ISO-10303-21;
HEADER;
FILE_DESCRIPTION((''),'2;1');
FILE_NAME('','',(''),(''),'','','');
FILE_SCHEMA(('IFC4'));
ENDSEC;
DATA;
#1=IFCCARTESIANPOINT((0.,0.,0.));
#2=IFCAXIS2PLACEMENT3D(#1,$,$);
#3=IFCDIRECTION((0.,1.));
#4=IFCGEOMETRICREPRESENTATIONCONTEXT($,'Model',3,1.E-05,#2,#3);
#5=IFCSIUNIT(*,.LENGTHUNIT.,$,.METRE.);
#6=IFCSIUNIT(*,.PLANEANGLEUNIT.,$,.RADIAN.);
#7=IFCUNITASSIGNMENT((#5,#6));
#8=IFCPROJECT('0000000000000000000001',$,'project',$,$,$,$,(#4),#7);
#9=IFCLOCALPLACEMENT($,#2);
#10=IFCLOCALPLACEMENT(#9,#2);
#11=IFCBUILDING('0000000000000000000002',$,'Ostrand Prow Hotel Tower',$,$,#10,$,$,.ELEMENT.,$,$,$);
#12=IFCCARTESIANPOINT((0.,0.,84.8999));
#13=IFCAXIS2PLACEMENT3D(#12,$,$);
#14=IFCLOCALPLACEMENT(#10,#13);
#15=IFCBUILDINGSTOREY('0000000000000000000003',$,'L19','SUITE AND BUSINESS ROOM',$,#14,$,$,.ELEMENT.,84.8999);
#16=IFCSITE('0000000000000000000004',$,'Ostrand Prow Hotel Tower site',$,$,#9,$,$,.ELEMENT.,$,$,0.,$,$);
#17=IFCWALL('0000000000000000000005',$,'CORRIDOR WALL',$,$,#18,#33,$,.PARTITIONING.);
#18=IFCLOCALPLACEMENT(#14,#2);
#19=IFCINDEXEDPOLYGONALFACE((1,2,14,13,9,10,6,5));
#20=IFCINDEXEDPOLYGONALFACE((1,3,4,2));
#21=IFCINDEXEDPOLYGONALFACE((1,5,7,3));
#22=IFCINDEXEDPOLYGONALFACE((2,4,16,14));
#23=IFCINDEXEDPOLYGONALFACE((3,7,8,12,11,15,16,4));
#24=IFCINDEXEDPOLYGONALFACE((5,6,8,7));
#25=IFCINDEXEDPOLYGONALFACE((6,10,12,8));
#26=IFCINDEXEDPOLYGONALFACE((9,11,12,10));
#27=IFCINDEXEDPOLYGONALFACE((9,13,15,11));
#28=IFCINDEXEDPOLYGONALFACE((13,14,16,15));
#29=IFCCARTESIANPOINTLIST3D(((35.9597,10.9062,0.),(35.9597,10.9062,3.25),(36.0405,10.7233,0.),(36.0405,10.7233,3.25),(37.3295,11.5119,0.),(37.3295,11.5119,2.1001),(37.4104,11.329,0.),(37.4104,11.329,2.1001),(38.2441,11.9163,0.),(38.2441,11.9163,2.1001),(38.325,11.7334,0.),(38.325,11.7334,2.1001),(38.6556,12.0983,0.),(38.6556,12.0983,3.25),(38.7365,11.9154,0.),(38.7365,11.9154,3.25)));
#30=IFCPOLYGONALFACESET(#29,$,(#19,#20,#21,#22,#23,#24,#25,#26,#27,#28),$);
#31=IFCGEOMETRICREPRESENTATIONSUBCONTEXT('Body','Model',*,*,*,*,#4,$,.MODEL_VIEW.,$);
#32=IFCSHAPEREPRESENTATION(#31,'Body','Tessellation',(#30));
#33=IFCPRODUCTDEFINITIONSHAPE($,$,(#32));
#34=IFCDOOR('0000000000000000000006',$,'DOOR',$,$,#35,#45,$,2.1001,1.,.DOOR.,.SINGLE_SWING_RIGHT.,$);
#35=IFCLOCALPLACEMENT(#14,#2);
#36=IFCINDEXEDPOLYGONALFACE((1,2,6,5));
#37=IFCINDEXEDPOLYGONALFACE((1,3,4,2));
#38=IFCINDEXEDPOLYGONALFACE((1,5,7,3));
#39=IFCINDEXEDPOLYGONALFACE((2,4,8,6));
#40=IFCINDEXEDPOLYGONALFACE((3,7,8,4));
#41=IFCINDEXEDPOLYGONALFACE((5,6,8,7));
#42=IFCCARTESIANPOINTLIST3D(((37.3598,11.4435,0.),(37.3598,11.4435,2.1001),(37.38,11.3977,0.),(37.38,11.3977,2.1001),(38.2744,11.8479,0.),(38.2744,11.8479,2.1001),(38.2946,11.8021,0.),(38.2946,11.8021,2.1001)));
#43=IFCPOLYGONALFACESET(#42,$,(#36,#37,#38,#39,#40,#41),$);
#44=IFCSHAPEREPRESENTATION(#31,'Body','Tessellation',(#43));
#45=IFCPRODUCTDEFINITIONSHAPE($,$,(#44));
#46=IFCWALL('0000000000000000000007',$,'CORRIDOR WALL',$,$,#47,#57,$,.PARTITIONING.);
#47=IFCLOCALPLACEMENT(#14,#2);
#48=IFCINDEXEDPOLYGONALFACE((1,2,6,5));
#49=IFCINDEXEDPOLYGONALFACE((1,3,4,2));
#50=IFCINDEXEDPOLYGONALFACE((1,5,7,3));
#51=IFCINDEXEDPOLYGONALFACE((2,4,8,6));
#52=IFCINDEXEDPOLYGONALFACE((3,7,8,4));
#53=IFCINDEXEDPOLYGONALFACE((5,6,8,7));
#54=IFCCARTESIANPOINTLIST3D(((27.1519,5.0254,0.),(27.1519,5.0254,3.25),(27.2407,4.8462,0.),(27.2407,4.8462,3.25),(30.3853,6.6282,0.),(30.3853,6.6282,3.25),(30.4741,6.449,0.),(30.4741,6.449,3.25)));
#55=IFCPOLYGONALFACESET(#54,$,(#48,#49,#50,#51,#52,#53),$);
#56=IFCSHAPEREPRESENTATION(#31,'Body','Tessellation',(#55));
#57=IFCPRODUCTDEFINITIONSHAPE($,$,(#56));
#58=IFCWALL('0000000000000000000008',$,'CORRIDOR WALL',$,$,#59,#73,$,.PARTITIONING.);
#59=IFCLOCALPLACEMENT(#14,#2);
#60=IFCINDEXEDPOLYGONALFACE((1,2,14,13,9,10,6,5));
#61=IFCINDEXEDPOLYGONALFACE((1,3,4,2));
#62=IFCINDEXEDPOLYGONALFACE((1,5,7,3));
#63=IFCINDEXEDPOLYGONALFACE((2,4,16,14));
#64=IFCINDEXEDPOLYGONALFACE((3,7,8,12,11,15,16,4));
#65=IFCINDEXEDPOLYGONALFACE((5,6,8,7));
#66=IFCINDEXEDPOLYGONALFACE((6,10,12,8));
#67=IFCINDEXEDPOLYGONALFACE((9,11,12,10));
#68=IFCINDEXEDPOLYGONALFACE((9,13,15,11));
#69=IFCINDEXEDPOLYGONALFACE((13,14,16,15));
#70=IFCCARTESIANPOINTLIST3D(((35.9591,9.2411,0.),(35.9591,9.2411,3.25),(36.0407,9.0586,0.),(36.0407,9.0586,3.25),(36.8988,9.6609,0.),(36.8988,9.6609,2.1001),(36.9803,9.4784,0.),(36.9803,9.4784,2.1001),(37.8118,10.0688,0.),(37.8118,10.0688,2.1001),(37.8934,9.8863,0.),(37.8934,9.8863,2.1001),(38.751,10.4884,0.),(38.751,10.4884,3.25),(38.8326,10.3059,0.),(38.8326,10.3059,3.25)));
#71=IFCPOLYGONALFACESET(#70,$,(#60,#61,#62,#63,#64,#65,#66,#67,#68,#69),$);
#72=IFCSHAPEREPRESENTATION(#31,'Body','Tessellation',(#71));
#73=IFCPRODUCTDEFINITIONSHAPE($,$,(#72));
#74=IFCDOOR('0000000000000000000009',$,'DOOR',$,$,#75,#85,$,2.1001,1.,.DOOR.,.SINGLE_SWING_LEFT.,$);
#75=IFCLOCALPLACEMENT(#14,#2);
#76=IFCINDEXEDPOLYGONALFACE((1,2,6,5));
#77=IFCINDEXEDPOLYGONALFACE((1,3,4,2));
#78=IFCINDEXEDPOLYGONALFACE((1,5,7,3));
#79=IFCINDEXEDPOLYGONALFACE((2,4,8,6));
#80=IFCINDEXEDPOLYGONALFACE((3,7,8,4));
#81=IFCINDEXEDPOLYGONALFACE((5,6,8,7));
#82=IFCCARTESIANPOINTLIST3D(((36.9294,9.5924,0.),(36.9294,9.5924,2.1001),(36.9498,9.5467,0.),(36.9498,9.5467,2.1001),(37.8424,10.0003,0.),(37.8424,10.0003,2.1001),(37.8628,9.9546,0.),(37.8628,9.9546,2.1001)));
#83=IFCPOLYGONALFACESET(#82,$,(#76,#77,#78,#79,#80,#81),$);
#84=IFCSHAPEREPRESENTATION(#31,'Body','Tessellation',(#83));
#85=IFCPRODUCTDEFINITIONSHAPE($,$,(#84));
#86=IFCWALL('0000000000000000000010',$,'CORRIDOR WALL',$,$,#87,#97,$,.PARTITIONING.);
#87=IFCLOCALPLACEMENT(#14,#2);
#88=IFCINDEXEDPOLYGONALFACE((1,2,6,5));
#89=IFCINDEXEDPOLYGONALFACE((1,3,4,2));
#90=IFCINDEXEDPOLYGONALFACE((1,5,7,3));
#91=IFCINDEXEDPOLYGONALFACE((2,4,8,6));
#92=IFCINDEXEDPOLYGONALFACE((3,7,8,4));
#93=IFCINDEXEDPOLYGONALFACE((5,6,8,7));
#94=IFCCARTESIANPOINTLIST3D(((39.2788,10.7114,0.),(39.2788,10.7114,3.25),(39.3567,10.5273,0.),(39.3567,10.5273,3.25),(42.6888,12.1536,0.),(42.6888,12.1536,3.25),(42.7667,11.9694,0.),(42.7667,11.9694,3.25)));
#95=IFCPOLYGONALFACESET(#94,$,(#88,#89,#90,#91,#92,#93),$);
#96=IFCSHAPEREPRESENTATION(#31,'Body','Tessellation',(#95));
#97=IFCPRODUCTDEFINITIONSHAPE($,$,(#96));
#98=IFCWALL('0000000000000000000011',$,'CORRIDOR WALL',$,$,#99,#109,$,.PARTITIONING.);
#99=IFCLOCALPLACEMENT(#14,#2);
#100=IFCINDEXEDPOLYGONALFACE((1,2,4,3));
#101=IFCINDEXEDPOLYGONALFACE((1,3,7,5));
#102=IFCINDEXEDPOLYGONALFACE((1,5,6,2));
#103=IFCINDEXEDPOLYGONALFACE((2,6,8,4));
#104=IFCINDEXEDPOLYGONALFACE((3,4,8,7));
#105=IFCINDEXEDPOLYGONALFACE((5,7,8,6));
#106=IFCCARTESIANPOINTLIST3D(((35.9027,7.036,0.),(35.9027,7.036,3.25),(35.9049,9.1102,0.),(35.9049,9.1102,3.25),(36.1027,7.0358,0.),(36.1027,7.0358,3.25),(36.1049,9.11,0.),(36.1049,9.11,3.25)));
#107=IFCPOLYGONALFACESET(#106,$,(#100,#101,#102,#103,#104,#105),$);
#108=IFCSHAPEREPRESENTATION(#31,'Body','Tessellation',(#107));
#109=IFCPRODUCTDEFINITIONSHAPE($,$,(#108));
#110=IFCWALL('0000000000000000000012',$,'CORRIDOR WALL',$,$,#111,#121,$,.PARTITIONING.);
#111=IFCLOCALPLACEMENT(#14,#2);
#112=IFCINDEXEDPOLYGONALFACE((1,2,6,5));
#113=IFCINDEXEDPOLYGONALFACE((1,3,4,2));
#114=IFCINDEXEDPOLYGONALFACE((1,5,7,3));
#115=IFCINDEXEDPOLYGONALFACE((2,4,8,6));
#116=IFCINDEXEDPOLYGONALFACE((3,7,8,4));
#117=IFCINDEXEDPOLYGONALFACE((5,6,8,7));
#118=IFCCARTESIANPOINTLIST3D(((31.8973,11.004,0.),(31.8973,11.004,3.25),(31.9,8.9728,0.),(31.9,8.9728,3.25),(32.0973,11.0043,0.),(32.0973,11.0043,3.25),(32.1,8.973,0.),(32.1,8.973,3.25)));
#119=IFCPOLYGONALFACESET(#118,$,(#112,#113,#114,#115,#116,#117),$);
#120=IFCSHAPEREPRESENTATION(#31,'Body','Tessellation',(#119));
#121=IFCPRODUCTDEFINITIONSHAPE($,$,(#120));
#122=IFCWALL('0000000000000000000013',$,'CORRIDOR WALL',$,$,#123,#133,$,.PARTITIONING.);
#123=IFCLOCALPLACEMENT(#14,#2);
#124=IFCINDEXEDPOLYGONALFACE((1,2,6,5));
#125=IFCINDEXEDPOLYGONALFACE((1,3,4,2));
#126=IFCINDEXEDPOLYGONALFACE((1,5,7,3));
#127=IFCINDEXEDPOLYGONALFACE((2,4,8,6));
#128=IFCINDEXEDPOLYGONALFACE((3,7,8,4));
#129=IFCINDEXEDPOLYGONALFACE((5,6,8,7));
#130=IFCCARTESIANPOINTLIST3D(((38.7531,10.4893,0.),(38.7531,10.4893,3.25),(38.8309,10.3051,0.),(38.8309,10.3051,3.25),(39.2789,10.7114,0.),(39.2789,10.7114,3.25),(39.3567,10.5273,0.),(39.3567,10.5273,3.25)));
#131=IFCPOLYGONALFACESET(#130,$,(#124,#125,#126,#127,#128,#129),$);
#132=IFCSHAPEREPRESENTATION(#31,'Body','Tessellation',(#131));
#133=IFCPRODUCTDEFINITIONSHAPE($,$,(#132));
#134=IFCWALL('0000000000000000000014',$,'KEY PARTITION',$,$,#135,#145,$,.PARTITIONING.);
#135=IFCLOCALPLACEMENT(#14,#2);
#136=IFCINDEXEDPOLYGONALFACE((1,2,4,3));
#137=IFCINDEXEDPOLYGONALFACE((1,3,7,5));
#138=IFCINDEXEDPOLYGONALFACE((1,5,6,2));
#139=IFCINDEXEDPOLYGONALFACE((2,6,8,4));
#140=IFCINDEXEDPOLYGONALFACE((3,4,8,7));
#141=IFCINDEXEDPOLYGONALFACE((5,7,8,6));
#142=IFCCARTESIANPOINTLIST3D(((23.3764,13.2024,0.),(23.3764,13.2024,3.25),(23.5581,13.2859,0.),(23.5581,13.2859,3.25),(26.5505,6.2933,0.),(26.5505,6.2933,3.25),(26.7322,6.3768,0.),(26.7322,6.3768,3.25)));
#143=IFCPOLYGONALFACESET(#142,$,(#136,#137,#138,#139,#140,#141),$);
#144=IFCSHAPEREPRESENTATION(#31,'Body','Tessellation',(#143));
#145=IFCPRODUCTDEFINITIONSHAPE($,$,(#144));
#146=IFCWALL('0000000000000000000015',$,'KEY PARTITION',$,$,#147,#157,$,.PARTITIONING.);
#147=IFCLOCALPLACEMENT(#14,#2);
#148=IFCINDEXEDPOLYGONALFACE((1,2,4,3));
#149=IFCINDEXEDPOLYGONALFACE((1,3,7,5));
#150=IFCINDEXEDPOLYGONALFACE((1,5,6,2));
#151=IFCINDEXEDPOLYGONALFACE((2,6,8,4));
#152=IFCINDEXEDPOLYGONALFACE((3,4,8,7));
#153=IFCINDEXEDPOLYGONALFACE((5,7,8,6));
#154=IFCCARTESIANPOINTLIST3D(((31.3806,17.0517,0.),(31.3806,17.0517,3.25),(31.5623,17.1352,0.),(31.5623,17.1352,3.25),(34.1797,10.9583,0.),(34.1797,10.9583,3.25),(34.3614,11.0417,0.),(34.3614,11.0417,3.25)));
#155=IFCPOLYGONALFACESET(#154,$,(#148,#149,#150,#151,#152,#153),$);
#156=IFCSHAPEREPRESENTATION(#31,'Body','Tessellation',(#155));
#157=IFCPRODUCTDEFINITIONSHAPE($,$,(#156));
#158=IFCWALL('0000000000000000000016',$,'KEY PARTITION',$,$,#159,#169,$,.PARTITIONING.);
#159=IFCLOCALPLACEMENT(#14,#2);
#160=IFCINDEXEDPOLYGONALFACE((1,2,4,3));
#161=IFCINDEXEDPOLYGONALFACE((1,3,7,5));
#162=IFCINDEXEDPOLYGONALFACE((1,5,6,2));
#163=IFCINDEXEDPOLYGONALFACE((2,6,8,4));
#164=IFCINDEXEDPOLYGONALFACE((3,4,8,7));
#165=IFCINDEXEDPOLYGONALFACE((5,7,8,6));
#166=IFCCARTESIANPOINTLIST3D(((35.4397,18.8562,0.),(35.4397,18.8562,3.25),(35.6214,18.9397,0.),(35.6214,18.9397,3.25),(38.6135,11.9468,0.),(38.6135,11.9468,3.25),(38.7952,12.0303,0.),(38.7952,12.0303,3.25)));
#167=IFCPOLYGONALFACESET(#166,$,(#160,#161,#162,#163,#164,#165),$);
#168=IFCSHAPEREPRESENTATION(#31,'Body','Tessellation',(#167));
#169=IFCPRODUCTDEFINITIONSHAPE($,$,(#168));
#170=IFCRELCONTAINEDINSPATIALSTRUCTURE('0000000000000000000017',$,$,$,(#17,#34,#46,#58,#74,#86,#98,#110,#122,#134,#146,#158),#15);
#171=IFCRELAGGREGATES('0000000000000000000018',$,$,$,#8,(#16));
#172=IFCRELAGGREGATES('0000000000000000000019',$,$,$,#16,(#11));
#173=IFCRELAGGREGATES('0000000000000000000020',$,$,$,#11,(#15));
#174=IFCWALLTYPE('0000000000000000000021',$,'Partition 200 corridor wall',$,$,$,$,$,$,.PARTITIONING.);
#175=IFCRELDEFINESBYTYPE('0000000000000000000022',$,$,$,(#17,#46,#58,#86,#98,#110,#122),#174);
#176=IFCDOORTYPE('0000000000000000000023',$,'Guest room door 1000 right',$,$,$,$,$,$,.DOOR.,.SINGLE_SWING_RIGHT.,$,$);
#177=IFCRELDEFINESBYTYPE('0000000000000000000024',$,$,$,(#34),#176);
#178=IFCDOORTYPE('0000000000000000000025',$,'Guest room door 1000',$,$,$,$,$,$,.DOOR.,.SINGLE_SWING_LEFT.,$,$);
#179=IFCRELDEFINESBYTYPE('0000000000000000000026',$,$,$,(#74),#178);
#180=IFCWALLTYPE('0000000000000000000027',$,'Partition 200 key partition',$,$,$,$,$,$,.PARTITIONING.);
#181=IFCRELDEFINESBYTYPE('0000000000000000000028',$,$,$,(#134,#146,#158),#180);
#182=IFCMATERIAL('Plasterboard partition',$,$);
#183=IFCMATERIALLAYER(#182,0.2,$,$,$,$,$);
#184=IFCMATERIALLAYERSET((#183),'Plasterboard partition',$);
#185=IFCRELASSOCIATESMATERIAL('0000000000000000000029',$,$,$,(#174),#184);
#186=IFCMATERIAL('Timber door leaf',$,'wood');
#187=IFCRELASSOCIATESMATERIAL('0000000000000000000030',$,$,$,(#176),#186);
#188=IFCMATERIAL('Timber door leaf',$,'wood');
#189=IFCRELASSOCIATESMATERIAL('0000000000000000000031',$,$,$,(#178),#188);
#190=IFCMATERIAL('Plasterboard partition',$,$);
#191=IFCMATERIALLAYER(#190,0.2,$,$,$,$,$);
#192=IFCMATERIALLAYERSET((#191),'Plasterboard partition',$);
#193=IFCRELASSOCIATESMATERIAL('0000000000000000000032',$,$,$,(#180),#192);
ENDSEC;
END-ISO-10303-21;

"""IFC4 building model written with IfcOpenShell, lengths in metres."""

from ifc_helpers import new_model, si_unit, direction, frame, frame_2d, origin, place, context, subcontext, project, spatial, rectangle, extrude, material, layer, layer_set, type_object, element, fill, save


model = new_model("IFC4")

# Units and contexts
model_context = context("Model", 3, precision=1e-05, world=origin(), true_north=direction((0.0, 1.0)))
body_context = subcontext(model_context, "Body", "Model", "MODEL_VIEW")
ifc_project = project(units=[si_unit("LENGTHUNIT", "METRE"), si_unit("PLANEANGLEUNIT", "RADIAN")], contexts=[model_context])

# Site, building, storey
site_placement = place(None, origin())
site = spatial("IfcSite", under=ifc_project, at=site_placement, Name="Ostrand Prow Hotel Tower site", CompositionType="ELEMENT", RefElevation=0.0)
building_placement = place(site_placement, origin())
building = spatial("IfcBuilding", under=site, at=building_placement, Name="Ostrand Prow Hotel Tower", CompositionType="ELEMENT")
storey_placement = place(building_placement, frame((0.0, 0.0, 84.8999)))
storey = spatial("IfcBuildingStorey", under=building, at=storey_placement, Name="L19", Description="SUITE AND BUSINESS ROOM", CompositionType="ELEMENT", Elevation=84.8999)

# Wall, opening, door
ifc_material_1 = material(Name="Plasterboard partition")
ifc_layer_1 = layer(ifc_material_1, 0.2)
ifc_layer_set_1 = layer_set([ifc_layer_1], Name="Plasterboard partition")
wall_type_1 = type_object("IfcWallType", Name="Partition 200 corridor wall", PredefinedType="PARTITIONING", material=ifc_layer_set_1)
ifc_material_2 = material(Name="Timber door leaf", Category="wood")
door_type_1 = type_object("IfcDoorType", Name="Guest room door 1000 right", OperationType="SINGLE_SWING_RIGHT", PredefinedType="DOOR", material=ifc_material_2)
wall_1_placement = place(storey_placement, frame((38.696, 12.0068, 0.0), z_axis=(0.0, 0.0, 1.0), x_axis=(-0.914578, -0.404409, 0.0)))
wall_1 = element("IfcWall", 1, at=wall_1_placement, inside=storey, type_object=wall_type_1, Name="CORRIDOR WALL", PredefinedType="PARTITIONING", context=body_context, shape_type="SweptSolid", body=[
    extrude(rectangle(XDim=2.9478, YDim=0.2, at=frame_2d((1.4739, 0.0))), origin(), (0.0, 0.0, 1.0), 3.25),
])
opening_1_placement = place(wall_1_placement, frame((0.45, 0.0, 0.0)))
opening_1 = element("IfcOpeningElement", 2, at=opening_1_placement, cuts=wall_1, PredefinedType="OPENING", context=body_context, shape_type="SweptSolid", body=[
    extrude(rectangle(XDim=1.0, YDim=2.1001, at=frame_2d((0.5, 1.05))), frame((0.0, 0.1099, 0.0), z_axis=(0.0, -1.0, 0.0), x_axis=(1.0, 0.0, 0.0)), (0.0, 0.0, 1.0), 0.22),
])
door_1_placement = place(opening_1_placement, origin())
door_1 = element("IfcDoor", 3, at=door_1_placement, inside=storey, type_object=door_type_1, Name="DOOR", OperationType="SINGLE_SWING_RIGHT", OverallHeight=2.1001, OverallWidth=1.0, PredefinedType="DOOR", context=body_context, shape_type="SweptSolid", body=[
    extrude(rectangle(XDim=1.0, YDim=2.1001, at=frame_2d((0.5, 1.05))), frame((0.0, 0.0249, 0.0), z_axis=(0.0, -1.0, 0.0), x_axis=(1.0, 0.0, 0.0)), (0.0, 0.0, 1.0), 0.05),
])
fill(opening_1, door_1)

# Wall
wall_2_placement = place(storey_placement, frame((27.1963, 4.9358, 0.0), z_axis=(0.0, 0.0, 1.0), x_axis=(0.895964, 0.444126, 0.0)))
element("IfcWall", 4, at=wall_2_placement, inside=storey, type_object=wall_type_1, Name="CORRIDOR WALL", PredefinedType="PARTITIONING", context=body_context, shape_type="SweptSolid", body=[
    extrude(rectangle(XDim=3.6089, YDim=0.2, at=frame_2d((1.8044, 0.0))), origin(), (0.0, 0.0, 1.0), 3.25),
])

# Wall, opening, door
wall_3_placement = place(storey_placement, frame((36.0, 9.1499, 0.0), z_axis=(0.0, 0.0, 1.0), x_axis=(0.91303, 0.407893, 0.0)))
wall_3 = element("IfcWall", 5, at=wall_3_placement, inside=storey, type_object=wall_type_1, Name="CORRIDOR WALL", PredefinedType="PARTITIONING", context=body_context, shape_type="SweptSolid", body=[
    extrude(rectangle(XDim=3.0579, YDim=0.2, at=frame_2d((1.5288, 0.0))), origin(), (0.0, 0.0, 1.0), 3.25),
])
opening_2_placement = place(wall_3_placement, frame((1.0291, 0.0, 0.0)))
opening_2 = element("IfcOpeningElement", 6, at=opening_2_placement, cuts=wall_3, PredefinedType="OPENING", context=body_context, shape_type="SweptSolid", body=[
    extrude(rectangle(XDim=1.0, YDim=2.1001, at=frame_2d((0.5, 1.05))), frame((0.0, 0.1099, 0.0), z_axis=(0.0, -1.0, 0.0), x_axis=(1.0, 0.0, 0.0)), (0.0, 0.0, 1.0), 0.22),
])
ifc_material_3 = material(Name="Timber door leaf", Category="wood")
door_type_2 = type_object("IfcDoorType", Name="Guest room door 1000", OperationType="SINGLE_SWING_LEFT", PredefinedType="DOOR", material=ifc_material_3)
door_2_placement = place(opening_2_placement, origin())
door_2 = element("IfcDoor", 7, at=door_2_placement, inside=storey, type_object=door_type_2, Name="DOOR", OperationType="SINGLE_SWING_LEFT", OverallHeight=2.1001, OverallWidth=1.0, PredefinedType="DOOR", context=body_context, shape_type="SweptSolid", body=[
    extrude(rectangle(XDim=1.0, YDim=2.1001, at=frame_2d((0.5, 1.05))), frame((0.0, 0.0249, 0.0), z_axis=(0.0, -1.0, 0.0), x_axis=(1.0, 0.0, 0.0)), (0.0, 0.0, 1.0), 0.05),
])
fill(opening_2, door_2)

# Walls
wall_4_placement = place(storey_placement, frame((39.3179, 10.6194, 0.0), z_axis=(0.0, 0.0, 1.0), x_axis=(0.921017, 0.389522, 0.0)))
element("IfcWall", 8, at=wall_4_placement, inside=storey, type_object=wall_type_1, Name="CORRIDOR WALL", PredefinedType="PARTITIONING", context=body_context, shape_type="SweptSolid", body=[
    extrude(rectangle(XDim=3.7024, YDim=0.2, at=frame_2d((1.8511, 0.0))), origin(), (0.0, 0.0, 1.0), 3.25),
])
wall_5_placement = place(storey_placement, frame((36.0027, 7.0359, 0.0), z_axis=(0.0, 0.0, 1.0), x_axis=(0.001059, 0.999999, 0.0)))
element("IfcWall", 9, at=wall_5_placement, inside=storey, type_object=wall_type_1, Name="CORRIDOR WALL", PredefinedType="PARTITIONING", context=body_context, shape_type="SweptSolid", body=[
    extrude(rectangle(XDim=2.0742, YDim=0.2, at=frame_2d((1.0371, 0.0))), origin(), (0.0, 0.0, 1.0), 3.25),
])
wall_6_placement = place(storey_placement, frame((31.9973, 11.0042, 0.0), z_axis=(0.0, 0.0, 1.0), x_axis=(0.001322, -0.999999, 0.0)))
element("IfcWall", 10, at=wall_6_placement, inside=storey, type_object=wall_type_1, Name="CORRIDOR WALL", PredefinedType="PARTITIONING", context=body_context, shape_type="SweptSolid", body=[
    extrude(rectangle(XDim=2.0312, YDim=0.2, at=frame_2d((1.0156, 0.0))), origin(), (0.0, 0.0, 1.0), 3.25),
])
wall_7_placement = place(storey_placement, frame((38.792, 10.3972, 0.0), z_axis=(0.0, 0.0, 1.0), x_axis=(0.921168, 0.389166, 0.0)))
element("IfcWall", 11, at=wall_7_placement, inside=storey, type_object=wall_type_1, Name="CORRIDOR WALL", PredefinedType="PARTITIONING", context=body_context, shape_type="SweptSolid", body=[
    extrude(rectangle(XDim=0.5708, YDim=0.2, at=frame_2d((0.2854, 0.0))), origin(), (0.0, 0.0, 1.0), 3.25),
])
ifc_material_4 = material(Name="Plasterboard partition")
ifc_layer_2 = layer(ifc_material_4, 0.2)
ifc_layer_set_2 = layer_set([ifc_layer_2], Name="Plasterboard partition")
wall_type_2 = type_object("IfcWallType", Name="Partition 200 key partition", PredefinedType="PARTITIONING", material=ifc_layer_set_2)
wall_8_placement = place(storey_placement, frame((26.6414, 6.335, 0.0), z_axis=(0.0, 0.0, 1.0), x_axis=(-0.417455, 0.908698, 0.0)))
element("IfcWall", 12, at=wall_8_placement, inside=storey, type_object=wall_type_2, Name="KEY PARTITION", PredefinedType="PARTITIONING", context=body_context, shape_type="SweptSolid", body=[
    extrude(rectangle(XDim=7.6033, YDim=0.2, at=frame_2d((3.8018, 0.0))), origin(), (0.0, 0.0, 1.0), 3.25),
])
wall_9_placement = place(storey_placement, frame((34.2705, 11.0, 0.0), z_axis=(0.0, 0.0, 1.0), x_axis=(-0.417421, 0.908713, 0.0)))
element("IfcWall", 13, at=wall_9_placement, inside=storey, type_object=wall_type_2, Name="KEY PARTITION", PredefinedType="PARTITIONING", context=body_context, shape_type="SweptSolid", body=[
    extrude(rectangle(XDim=6.7056, YDim=0.2, at=frame_2d((3.3528, 0.0))), origin(), (0.0, 0.0, 1.0), 3.25),
])
wall_10_placement = place(storey_placement, frame((38.7043, 11.9885, 0.0), z_axis=(0.0, 0.0, 1.0), x_axis=(-0.417416, 0.908715, 0.0)))
element("IfcWall", 14, at=wall_10_placement, inside=storey, type_object=wall_type_2, Name="KEY PARTITION", PredefinedType="PARTITIONING", context=body_context, shape_type="SweptSolid", body=[
    extrude(rectangle(XDim=7.6035, YDim=0.2, at=frame_2d((3.8018, 0.0))), origin(), (0.0, 0.0, 1.0), 3.25),
])

save(model, "model.ifc")
